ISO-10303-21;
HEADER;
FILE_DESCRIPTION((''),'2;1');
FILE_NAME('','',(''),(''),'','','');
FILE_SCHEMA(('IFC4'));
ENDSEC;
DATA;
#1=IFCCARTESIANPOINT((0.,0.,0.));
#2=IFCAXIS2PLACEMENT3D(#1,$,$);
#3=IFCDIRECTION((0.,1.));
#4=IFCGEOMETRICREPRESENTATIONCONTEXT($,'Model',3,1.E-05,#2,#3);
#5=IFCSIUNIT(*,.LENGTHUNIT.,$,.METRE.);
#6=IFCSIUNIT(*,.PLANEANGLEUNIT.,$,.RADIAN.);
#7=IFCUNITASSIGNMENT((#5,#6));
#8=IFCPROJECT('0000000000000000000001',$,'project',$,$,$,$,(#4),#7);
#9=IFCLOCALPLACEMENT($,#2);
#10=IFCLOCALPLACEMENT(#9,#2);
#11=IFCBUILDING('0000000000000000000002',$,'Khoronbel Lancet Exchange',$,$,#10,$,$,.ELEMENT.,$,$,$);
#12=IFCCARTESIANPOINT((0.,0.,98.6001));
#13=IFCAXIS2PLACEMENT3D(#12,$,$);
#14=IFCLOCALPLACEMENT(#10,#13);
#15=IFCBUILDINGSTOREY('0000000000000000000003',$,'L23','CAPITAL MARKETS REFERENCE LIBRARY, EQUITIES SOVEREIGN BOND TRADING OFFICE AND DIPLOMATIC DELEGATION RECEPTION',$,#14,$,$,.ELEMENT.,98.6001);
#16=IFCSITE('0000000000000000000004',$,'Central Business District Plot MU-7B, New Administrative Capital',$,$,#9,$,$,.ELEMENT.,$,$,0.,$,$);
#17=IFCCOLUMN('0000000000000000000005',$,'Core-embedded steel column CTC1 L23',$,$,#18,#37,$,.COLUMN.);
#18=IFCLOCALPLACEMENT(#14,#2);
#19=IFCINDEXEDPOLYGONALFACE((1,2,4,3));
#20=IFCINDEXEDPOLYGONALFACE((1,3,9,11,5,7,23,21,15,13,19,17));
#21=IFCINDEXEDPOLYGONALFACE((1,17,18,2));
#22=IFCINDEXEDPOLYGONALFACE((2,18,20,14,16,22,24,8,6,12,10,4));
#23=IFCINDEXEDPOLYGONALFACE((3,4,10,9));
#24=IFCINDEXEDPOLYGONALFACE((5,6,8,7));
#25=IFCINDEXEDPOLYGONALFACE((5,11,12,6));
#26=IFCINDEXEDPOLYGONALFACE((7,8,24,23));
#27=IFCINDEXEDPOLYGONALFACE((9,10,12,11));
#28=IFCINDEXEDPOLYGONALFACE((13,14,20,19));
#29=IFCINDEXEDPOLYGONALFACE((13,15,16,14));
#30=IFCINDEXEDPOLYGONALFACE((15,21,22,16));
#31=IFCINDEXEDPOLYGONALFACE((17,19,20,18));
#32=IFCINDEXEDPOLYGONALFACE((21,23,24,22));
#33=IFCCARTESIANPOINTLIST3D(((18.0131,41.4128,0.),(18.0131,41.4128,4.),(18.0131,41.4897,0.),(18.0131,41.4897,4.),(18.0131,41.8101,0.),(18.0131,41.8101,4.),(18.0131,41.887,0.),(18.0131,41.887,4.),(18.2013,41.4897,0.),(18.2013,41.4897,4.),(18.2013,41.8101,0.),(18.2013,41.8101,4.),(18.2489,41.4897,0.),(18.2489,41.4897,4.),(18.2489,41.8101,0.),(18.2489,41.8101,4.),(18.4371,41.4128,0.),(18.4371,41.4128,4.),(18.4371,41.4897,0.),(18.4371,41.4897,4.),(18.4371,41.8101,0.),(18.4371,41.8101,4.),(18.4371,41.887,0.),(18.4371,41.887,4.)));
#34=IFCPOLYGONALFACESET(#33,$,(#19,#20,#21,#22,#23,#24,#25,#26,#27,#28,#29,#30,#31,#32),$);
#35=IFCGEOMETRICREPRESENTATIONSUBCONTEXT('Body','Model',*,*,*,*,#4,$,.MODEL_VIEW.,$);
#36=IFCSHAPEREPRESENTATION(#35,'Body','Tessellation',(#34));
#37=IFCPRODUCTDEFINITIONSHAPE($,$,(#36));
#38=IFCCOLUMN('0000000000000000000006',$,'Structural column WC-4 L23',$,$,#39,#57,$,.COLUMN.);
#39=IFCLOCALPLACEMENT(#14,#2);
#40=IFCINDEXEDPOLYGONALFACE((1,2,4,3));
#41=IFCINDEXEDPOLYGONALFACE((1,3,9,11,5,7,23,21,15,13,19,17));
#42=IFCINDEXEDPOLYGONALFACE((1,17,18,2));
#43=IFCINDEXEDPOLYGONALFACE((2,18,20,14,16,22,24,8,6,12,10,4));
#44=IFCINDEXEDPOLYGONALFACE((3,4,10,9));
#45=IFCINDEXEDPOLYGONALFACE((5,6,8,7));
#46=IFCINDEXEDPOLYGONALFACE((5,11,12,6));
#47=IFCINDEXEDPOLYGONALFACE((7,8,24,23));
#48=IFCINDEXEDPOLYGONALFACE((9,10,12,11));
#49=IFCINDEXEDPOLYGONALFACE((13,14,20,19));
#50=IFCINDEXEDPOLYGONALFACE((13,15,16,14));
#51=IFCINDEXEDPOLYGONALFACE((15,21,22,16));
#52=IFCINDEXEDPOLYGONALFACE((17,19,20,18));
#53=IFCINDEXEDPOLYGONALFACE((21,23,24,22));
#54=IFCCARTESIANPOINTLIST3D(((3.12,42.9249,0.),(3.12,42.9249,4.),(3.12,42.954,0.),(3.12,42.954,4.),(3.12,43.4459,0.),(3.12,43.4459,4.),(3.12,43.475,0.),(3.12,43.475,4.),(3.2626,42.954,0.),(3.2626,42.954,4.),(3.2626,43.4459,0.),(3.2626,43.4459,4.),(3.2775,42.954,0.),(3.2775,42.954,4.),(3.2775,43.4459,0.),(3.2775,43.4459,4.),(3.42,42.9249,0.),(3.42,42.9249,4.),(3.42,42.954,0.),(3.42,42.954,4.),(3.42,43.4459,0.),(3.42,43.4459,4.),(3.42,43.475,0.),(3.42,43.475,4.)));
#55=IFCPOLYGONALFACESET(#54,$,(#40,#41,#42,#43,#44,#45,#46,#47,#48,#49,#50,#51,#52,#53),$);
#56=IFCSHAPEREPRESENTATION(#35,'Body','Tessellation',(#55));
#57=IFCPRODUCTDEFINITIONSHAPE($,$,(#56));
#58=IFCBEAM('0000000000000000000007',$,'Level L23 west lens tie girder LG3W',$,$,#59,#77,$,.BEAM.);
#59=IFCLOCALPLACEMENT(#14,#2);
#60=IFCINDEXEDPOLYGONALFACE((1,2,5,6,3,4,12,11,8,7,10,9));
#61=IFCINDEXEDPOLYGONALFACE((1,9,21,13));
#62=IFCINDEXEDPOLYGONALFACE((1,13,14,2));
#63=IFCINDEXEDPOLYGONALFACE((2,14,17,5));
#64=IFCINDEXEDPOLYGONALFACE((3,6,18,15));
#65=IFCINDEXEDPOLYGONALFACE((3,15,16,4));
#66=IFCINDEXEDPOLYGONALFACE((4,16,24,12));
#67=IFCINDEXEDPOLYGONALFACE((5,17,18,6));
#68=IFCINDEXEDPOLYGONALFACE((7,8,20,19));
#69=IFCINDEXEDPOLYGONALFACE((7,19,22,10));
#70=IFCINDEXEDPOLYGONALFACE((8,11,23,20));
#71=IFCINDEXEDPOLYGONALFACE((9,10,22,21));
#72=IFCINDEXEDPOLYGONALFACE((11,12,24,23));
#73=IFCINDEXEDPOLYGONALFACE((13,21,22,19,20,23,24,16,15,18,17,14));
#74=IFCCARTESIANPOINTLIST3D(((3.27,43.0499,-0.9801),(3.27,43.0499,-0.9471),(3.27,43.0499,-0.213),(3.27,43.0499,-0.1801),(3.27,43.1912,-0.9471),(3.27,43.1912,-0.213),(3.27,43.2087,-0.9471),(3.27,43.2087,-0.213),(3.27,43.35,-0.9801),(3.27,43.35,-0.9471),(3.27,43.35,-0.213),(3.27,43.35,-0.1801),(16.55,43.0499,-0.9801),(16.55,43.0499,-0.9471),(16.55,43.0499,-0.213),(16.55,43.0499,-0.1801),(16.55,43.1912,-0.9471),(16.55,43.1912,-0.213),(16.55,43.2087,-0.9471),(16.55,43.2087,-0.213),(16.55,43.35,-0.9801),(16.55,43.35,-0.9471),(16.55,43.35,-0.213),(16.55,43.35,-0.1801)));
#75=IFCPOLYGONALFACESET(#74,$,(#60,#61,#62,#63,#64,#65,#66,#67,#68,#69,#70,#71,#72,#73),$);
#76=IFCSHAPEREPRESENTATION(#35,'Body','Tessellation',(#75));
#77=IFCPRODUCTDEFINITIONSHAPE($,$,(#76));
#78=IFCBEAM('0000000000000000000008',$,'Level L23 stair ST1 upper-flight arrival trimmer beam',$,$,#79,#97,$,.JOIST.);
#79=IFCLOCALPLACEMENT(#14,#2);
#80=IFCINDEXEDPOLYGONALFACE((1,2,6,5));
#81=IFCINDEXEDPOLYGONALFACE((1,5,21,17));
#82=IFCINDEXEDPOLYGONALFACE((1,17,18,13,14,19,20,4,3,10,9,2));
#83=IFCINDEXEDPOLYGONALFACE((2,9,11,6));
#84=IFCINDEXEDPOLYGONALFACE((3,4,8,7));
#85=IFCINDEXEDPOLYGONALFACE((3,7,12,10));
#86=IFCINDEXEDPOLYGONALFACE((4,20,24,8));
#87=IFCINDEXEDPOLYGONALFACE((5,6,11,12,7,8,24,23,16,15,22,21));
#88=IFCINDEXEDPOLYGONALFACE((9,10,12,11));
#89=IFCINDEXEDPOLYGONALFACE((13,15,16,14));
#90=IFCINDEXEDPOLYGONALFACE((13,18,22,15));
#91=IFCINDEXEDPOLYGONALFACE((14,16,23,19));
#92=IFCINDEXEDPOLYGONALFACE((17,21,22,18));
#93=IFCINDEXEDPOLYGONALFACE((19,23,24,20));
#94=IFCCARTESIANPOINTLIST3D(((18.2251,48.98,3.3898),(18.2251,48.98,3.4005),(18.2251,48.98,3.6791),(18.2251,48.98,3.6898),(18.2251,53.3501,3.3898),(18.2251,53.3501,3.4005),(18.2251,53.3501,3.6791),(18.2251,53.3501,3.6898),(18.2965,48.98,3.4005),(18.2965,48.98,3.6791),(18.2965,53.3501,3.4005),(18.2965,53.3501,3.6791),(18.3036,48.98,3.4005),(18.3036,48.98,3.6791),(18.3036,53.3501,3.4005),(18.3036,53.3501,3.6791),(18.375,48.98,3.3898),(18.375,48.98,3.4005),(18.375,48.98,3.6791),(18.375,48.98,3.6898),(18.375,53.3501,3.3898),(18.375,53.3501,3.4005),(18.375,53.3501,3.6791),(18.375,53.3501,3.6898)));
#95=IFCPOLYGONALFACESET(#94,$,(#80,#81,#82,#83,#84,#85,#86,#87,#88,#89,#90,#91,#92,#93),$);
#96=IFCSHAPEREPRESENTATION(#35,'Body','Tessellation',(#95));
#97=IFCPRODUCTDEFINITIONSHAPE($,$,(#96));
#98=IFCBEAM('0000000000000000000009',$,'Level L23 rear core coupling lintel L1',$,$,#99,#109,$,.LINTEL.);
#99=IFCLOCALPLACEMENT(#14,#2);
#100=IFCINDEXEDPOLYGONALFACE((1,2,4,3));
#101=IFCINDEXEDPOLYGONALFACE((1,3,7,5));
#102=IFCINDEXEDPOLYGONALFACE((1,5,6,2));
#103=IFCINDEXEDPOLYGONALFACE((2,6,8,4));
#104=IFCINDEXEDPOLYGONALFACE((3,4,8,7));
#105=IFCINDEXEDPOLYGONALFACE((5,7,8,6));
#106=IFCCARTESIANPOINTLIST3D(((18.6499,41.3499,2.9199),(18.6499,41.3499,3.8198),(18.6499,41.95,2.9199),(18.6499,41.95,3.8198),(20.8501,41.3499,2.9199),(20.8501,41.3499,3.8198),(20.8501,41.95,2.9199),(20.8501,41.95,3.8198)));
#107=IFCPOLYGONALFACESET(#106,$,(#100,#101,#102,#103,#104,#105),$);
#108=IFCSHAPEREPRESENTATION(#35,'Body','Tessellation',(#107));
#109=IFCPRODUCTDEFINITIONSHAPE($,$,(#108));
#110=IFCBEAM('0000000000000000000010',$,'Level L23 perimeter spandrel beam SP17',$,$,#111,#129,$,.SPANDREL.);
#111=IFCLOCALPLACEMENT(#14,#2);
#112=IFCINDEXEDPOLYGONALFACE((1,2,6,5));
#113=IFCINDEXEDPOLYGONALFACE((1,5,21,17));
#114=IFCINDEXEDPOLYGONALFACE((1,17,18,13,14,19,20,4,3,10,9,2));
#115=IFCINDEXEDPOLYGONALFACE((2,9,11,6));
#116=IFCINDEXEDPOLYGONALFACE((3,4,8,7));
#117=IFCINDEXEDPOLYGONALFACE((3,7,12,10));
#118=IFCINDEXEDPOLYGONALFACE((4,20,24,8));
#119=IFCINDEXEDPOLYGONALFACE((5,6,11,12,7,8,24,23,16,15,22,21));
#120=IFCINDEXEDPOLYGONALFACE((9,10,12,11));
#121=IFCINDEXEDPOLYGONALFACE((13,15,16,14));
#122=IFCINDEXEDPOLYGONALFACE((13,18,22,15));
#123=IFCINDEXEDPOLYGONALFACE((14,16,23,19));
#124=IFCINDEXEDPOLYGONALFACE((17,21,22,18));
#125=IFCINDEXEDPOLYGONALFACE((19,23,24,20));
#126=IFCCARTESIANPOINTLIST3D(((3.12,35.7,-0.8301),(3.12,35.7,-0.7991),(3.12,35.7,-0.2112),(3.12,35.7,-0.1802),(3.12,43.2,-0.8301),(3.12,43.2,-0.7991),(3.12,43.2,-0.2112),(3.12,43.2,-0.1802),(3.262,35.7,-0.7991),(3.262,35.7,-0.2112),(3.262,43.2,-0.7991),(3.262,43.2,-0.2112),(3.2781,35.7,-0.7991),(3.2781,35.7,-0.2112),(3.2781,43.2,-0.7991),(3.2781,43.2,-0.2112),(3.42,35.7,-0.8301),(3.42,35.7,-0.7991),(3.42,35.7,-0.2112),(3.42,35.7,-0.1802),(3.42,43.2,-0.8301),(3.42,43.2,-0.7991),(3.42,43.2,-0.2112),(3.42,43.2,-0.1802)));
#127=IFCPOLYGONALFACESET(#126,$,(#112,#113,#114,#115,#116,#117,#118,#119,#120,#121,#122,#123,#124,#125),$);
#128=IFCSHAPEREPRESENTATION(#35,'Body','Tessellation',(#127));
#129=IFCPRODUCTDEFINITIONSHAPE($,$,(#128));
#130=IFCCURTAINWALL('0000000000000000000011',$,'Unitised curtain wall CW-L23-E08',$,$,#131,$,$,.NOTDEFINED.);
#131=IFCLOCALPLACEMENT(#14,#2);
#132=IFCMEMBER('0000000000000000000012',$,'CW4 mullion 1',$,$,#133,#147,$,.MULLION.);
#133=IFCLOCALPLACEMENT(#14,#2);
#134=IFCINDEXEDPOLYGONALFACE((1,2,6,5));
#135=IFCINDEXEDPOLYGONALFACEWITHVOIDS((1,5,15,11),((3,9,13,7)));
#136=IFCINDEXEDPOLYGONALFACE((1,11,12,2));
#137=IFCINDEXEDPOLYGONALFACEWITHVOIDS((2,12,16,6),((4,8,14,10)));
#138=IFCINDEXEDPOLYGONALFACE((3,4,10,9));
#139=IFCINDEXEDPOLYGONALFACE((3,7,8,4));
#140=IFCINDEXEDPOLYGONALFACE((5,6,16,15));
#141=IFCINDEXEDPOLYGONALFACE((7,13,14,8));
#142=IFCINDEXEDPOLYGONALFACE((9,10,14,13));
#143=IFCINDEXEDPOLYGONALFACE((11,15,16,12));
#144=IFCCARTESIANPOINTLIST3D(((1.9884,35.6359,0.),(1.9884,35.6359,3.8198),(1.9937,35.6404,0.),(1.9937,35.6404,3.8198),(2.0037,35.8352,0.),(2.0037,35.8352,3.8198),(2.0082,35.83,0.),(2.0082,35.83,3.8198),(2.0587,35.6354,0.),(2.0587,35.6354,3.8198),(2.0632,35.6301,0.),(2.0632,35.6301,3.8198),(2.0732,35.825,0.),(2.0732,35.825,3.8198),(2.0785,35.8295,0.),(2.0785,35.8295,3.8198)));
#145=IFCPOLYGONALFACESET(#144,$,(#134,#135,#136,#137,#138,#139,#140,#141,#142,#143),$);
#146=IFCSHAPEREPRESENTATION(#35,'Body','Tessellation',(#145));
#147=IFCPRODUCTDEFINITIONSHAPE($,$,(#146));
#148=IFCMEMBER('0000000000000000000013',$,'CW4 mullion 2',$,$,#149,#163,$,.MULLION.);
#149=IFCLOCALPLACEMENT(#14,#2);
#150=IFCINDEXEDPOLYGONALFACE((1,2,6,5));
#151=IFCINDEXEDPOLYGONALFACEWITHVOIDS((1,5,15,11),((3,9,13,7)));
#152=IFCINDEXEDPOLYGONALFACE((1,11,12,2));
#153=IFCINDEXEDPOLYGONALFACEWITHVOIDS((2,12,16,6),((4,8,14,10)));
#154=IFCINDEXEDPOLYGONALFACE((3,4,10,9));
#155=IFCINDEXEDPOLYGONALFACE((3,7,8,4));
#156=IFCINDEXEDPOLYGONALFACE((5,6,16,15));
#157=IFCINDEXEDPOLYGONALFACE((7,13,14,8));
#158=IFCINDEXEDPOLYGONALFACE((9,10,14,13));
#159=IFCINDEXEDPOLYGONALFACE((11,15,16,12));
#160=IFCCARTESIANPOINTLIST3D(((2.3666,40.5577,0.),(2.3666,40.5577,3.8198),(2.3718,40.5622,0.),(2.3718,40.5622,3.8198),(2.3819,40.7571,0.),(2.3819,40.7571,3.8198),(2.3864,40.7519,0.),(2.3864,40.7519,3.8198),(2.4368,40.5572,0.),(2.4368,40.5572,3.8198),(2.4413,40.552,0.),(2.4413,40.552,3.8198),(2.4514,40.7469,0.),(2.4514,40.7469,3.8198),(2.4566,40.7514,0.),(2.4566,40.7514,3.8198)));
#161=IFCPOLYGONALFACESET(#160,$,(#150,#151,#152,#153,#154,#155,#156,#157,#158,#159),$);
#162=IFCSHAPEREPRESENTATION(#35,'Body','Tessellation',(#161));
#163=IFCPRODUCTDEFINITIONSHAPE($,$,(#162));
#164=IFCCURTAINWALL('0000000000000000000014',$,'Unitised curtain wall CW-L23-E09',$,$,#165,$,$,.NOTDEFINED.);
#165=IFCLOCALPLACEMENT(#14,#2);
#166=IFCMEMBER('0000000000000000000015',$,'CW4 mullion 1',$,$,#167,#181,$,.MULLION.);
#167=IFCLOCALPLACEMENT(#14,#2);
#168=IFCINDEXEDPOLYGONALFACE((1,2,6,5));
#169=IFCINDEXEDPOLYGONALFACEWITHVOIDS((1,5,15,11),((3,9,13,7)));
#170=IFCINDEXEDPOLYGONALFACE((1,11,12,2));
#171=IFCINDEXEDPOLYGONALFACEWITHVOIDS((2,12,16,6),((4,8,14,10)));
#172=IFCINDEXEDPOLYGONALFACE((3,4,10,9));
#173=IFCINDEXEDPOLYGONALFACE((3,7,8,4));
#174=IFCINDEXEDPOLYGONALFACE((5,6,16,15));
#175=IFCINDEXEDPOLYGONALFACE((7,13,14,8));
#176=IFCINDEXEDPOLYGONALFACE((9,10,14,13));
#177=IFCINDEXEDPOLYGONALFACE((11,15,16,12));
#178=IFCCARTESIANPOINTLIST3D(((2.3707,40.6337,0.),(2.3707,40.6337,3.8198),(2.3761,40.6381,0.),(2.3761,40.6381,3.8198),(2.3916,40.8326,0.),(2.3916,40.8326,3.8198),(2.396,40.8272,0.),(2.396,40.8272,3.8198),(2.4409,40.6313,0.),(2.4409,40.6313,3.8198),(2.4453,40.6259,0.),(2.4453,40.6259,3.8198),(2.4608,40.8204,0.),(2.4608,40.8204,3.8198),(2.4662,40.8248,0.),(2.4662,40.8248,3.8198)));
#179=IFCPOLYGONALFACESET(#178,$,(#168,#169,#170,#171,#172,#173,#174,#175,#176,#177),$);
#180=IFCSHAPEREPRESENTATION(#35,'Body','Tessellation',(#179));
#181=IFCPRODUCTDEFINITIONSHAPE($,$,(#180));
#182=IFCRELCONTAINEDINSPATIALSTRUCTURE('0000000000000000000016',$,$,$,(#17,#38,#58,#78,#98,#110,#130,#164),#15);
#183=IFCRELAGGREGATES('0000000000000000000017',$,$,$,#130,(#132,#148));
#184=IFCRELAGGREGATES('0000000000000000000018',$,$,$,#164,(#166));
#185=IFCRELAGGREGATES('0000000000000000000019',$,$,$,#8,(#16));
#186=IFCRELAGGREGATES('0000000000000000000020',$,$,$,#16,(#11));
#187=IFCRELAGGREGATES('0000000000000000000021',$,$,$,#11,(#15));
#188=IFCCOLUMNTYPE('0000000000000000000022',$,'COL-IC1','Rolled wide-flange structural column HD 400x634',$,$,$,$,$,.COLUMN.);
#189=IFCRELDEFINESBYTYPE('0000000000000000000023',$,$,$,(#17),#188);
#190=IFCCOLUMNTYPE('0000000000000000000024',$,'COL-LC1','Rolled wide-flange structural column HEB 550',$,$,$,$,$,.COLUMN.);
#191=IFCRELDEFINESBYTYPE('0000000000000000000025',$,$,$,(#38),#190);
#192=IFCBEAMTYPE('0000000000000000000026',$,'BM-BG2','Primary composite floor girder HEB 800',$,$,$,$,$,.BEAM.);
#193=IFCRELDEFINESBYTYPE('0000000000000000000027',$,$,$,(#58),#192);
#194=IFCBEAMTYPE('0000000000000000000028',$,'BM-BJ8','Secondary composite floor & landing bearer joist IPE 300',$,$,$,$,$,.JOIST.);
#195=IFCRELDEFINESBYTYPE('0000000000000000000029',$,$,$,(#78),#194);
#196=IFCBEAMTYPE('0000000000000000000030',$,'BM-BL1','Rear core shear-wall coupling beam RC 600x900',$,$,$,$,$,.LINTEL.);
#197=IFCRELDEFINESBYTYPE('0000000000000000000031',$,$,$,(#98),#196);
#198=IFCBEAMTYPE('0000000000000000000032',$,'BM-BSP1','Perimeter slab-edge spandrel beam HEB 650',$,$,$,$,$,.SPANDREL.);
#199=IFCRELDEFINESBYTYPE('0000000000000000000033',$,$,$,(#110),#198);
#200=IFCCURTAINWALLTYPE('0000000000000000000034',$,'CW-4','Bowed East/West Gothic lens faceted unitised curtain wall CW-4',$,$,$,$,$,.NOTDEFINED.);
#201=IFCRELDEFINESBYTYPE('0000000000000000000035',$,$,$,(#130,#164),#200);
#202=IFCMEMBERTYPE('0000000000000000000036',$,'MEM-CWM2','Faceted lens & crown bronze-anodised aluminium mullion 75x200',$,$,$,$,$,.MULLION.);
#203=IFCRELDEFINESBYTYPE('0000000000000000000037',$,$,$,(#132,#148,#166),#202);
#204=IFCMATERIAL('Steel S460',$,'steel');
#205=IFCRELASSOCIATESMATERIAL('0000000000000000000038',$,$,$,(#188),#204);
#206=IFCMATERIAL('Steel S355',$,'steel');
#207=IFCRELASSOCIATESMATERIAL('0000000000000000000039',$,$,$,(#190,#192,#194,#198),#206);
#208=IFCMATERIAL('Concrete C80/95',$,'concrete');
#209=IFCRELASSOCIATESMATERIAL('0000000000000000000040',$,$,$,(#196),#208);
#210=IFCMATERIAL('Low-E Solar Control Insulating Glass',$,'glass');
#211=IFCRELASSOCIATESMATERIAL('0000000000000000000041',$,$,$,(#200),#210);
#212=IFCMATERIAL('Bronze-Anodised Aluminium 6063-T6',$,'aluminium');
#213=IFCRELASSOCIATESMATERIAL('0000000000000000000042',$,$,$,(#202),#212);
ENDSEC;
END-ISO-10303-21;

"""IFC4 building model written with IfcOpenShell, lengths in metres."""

from ifc_helpers import new_model, si_unit, direction, frame, origin, origin_2d, place, context, subcontext, project, spatial, rectangle, hollow_rectangle, i_section, extrude, material, material_profile, profile_set, type_object, element, aggregate, save


model = new_model("IFC4")

# Units and contexts
model_context = context("Model", 3, precision=1e-05, world=origin(), true_north=direction((0.0, 1.0)))
body_context = subcontext(model_context, "Body", "Model", "MODEL_VIEW")
ifc_project = project(units=[si_unit("LENGTHUNIT", "METRE"), si_unit("PLANEANGLEUNIT", "RADIAN")], contexts=[model_context])

# Site, building, storey
site_placement = place(None, origin())
site = spatial("IfcSite", under=ifc_project, at=site_placement, Name="Central Business District Plot MU-7B, New Administrative Capital", CompositionType="ELEMENT", RefElevation=0.0)
building_placement = place(site_placement, origin())
building = spatial("IfcBuilding", under=site, at=building_placement, Name="Khoronbel Lancet Exchange", CompositionType="ELEMENT")
storey_placement = place(building_placement, frame((0.0, 0.0, 98.6001)))
storey = spatial("IfcBuildingStorey", under=building, at=storey_placement, Name="L23", Description="CAPITAL MARKETS REFERENCE LIBRARY, EQUITIES SOVEREIGN BOND TRADING OFFICE AND DIPLOMATIC DELEGATION RECEPTION", CompositionType="ELEMENT", Elevation=98.6001)

# Columns
ifc_material_1 = material(Name="Steel S460", Category="steel")
ifc_material_profile_1 = material_profile(ifc_material_1, i_section(OverallWidth=0.4241, OverallDepth=0.4741, WebThickness=0.0476, FlangeThickness=0.0769, at=origin_2d()), Name="HD 400x634")
ifc_profile_set_1 = profile_set([ifc_material_profile_1], Name="Steel S460")
column_type_1 = type_object("IfcColumnType", Name="COL-IC1", Description="Rolled wide-flange structural column HD 400x634", PredefinedType="COLUMN", material=ifc_profile_set_1)
column_1_placement = place(storey_placement, frame((18.2251, 41.6499, 0.0), z_axis=(0.0, 0.0, 1.0), x_axis=(1.0, 0.0, 0.0)))
element("IfcColumn", 1, at=column_1_placement, inside=storey, type_object=column_type_1, Name="Core-embedded steel column CTC1 L23", PredefinedType="COLUMN", context=body_context, shape_type="SweptSolid", body=[
    extrude(i_section(OverallWidth=0.4241, OverallDepth=0.4741, WebThickness=0.0476, FlangeThickness=0.0769, at=origin_2d()), origin(), (0.0, 0.0, 1.0), 4.0),
])
ifc_material_2 = material(Name="Steel S355", Category="steel")
ifc_material_profile_2 = material_profile(ifc_material_2, i_section(OverallWidth=0.3, OverallDepth=0.55, WebThickness=0.0149, FlangeThickness=0.0291, at=origin_2d()), Name="HEB 550")
ifc_profile_set_2 = profile_set([ifc_material_profile_2], Name="Steel S355")
column_type_2 = type_object("IfcColumnType", Name="COL-LC1", Description="Rolled wide-flange structural column HEB 550", PredefinedType="COLUMN", material=ifc_profile_set_2)
column_2_placement = place(storey_placement, frame((3.27, 43.2, 0.0), z_axis=(0.0, 0.0, 1.0), x_axis=(1.0, 0.0, 0.0)))
element("IfcColumn", 2, at=column_2_placement, inside=storey, type_object=column_type_2, Name="Structural column WC-4 L23", PredefinedType="COLUMN", context=body_context, shape_type="SweptSolid", body=[
    extrude(i_section(OverallWidth=0.3, OverallDepth=0.55, WebThickness=0.0149, FlangeThickness=0.0291, at=origin_2d()), origin(), (0.0, 0.0, 1.0), 4.0),
])

# Beams
ifc_material_profile_3 = material_profile(ifc_material_2, i_section(OverallWidth=0.3, OverallDepth=0.8, WebThickness=0.0176, FlangeThickness=0.033, at=origin_2d()), Name="HEB 800")
ifc_profile_set_3 = profile_set([ifc_material_profile_3], Name="Steel S355")
beam_type_1 = type_object("IfcBeamType", Name="BM-BG2", Description="Primary composite floor girder HEB 800", PredefinedType="BEAM", material=ifc_profile_set_3)
beam_1_placement = place(storey_placement, frame((3.27, 43.2, -0.5801), z_axis=(1.0, 0.0, 0.0), x_axis=(0.0, 1.0, 0.0)))
element("IfcBeam", 3, at=beam_1_placement, inside=storey, type_object=beam_type_1, Name="Level L23 west lens tie girder LG3W", PredefinedType="BEAM", context=body_context, shape_type="SweptSolid", body=[
    extrude(i_section(OverallWidth=0.3, OverallDepth=0.8, WebThickness=0.0176, FlangeThickness=0.033, at=origin_2d()), origin(), (0.0, 0.0, 1.0), 13.28),
])
ifc_material_profile_4 = material_profile(ifc_material_2, i_section(OverallWidth=0.1499, OverallDepth=0.3, WebThickness=0.0071, FlangeThickness=0.0107, at=origin_2d()), Name="IPE 300")
ifc_profile_set_4 = profile_set([ifc_material_profile_4], Name="Steel S355")
beam_type_2 = type_object("IfcBeamType", Name="BM-BJ8", Description="Secondary composite floor & landing bearer joist IPE 300", PredefinedType="JOIST", material=ifc_profile_set_4)
beam_2_placement = place(storey_placement, frame((18.3, 48.98, 3.5398), z_axis=(0.0, 1.0, 0.0), x_axis=(-1.0, 0.0, 0.0)))
element("IfcBeam", 4, at=beam_2_placement, inside=storey, type_object=beam_type_2, Name="Level L23 stair ST1 upper-flight arrival trimmer beam", PredefinedType="JOIST", context=body_context, shape_type="SweptSolid", body=[
    extrude(i_section(OverallWidth=0.1499, OverallDepth=0.3, WebThickness=0.0071, FlangeThickness=0.0107, at=origin_2d()), origin(), (0.0, 0.0, 1.0), 4.3701),
])
ifc_material_3 = material(Name="Concrete C80/95", Category="concrete")
ifc_material_profile_5 = material_profile(ifc_material_3, rectangle(XDim=0.6001, YDim=0.8999, at=origin_2d()), Name="RC 600x900")
ifc_profile_set_5 = profile_set([ifc_material_profile_5], Name="Concrete C80/95")
beam_type_3 = type_object("IfcBeamType", Name="BM-BL1", Description="Rear core shear-wall coupling beam RC 600x900", PredefinedType="LINTEL", material=ifc_profile_set_5)
beam_3_placement = place(storey_placement, frame((18.6499, 41.6499, 3.3699), z_axis=(1.0, 0.0, 0.0), x_axis=(0.0, 1.0, 0.0)))
element("IfcBeam", 5, at=beam_3_placement, inside=storey, type_object=beam_type_3, Name="Level L23 rear core coupling lintel L1", PredefinedType="LINTEL", context=body_context, shape_type="SweptSolid", body=[
    extrude(rectangle(XDim=0.6001, YDim=0.8999, at=origin_2d()), origin(), (0.0, 0.0, 1.0), 2.2002),
])
ifc_material_profile_6 = material_profile(ifc_material_2, i_section(OverallWidth=0.3, OverallDepth=0.6499, WebThickness=0.0161, FlangeThickness=0.031, at=origin_2d()), Name="HEB 650")
ifc_profile_set_6 = profile_set([ifc_material_profile_6], Name="Steel S355")
beam_type_4 = type_object("IfcBeamType", Name="BM-BSP1", Description="Perimeter slab-edge spandrel beam HEB 650", PredefinedType="SPANDREL", material=ifc_profile_set_6)
beam_4_placement = place(storey_placement, frame((3.27, 43.2, -0.5051), z_axis=(0.0, -1.0, 0.0), x_axis=(1.0, 0.0, 0.0)))
element("IfcBeam", 6, at=beam_4_placement, inside=storey, type_object=beam_type_4, Name="Level L23 perimeter spandrel beam SP17", PredefinedType="SPANDREL", context=body_context, shape_type="SweptSolid", body=[
    extrude(i_section(OverallWidth=0.3, OverallDepth=0.6499, WebThickness=0.0161, FlangeThickness=0.031, at=origin_2d()), origin(), (0.0, 0.0, 1.0), 7.5),
])

# Curtain walls, members
ifc_material_4 = material(Name="Low-E Solar Control Insulating Glass", Category="glass")
curtain_wall_type = type_object("IfcCurtainWallType", Name="CW-4", Description="Bowed East/West Gothic lens faceted unitised curtain wall CW-4", PredefinedType="NOTDEFINED", material=ifc_material_4)
curtain_wall_1_placement = place(storey_placement, origin())
curtain_wall_1 = element("IfcCurtainWall", 7, at=curtain_wall_1_placement, inside=storey, type_object=curtain_wall_type, Name="Unitised curtain wall CW-L23-E08", PredefinedType="NOTDEFINED")
ifc_material_5 = material(Name="Bronze-Anodised Aluminium 6063-T6", Category="aluminium")
ifc_material_profile_7 = material_profile(ifc_material_5, hollow_rectangle(XDim=0.075, YDim=0.2, WallThickness=0.0049, at=origin_2d()), Name="ALU MULLION 75x200")
ifc_profile_set_7 = profile_set([ifc_material_profile_7], Name="Bronze-Anodised Aluminium 6063-T6")
member_type_1 = type_object("IfcMemberType", Name="MEM-CWM2", Description="Faceted lens & crown bronze-anodised aluminium mullion 75x200", PredefinedType="MULLION", material=ifc_profile_set_7)
member_1_placement = place(storey_placement, frame((2.0334, 35.7327, 0.0), z_axis=(0.0, 0.0, 1.0), x_axis=(-0.99706, 0.076626, 0.0)))
member_1 = element("IfcMember", 8, at=member_1_placement, type_object=member_type_1, Name="CW4 mullion 1", PredefinedType="MULLION", context=body_context, shape_type="SweptSolid", body=[
    extrude(hollow_rectangle(XDim=0.075, YDim=0.2, WallThickness=0.0049, at=origin_2d()), origin(), (0.0, 0.0, 1.0), 3.8198),
])
member_2_placement = place(storey_placement, frame((2.4116, 40.6545, 0.0), z_axis=(0.0, 0.0, 1.0), x_axis=(-0.99706, 0.076626, 0.0)))
member_2 = element("IfcMember", 9, at=member_2_placement, type_object=member_type_1, Name="CW4 mullion 2", PredefinedType="MULLION", context=body_context, shape_type="SweptSolid", body=[
    extrude(hollow_rectangle(XDim=0.075, YDim=0.2, WallThickness=0.0049, at=origin_2d()), origin(), (0.0, 0.0, 1.0), 3.8198),
])
curtain_wall_2_placement = place(storey_placement, origin())
curtain_wall_2 = element("IfcCurtainWall", 10, at=curtain_wall_2_placement, inside=storey, type_object=curtain_wall_type, Name="Unitised curtain wall CW-L23-E09", PredefinedType="NOTDEFINED")
member_3_placement = place(storey_placement, frame((2.4185, 40.7292, 0.0), z_axis=(0.0, 0.0, 1.0), x_axis=(-0.994532, 0.104434, 0.0)))
member_3 = element("IfcMember", 11, at=member_3_placement, type_object=member_type_1, Name="CW4 mullion 1", PredefinedType="MULLION", context=body_context, shape_type="SweptSolid", body=[
    extrude(hollow_rectangle(XDim=0.075, YDim=0.2, WallThickness=0.0049, at=origin_2d()), origin(), (0.0, 0.0, 1.0), 3.8198),
])

aggregate(curtain_wall_1, [member_1, member_2])
aggregate(curtain_wall_2, [member_3])

save(model, "model.ifc")
